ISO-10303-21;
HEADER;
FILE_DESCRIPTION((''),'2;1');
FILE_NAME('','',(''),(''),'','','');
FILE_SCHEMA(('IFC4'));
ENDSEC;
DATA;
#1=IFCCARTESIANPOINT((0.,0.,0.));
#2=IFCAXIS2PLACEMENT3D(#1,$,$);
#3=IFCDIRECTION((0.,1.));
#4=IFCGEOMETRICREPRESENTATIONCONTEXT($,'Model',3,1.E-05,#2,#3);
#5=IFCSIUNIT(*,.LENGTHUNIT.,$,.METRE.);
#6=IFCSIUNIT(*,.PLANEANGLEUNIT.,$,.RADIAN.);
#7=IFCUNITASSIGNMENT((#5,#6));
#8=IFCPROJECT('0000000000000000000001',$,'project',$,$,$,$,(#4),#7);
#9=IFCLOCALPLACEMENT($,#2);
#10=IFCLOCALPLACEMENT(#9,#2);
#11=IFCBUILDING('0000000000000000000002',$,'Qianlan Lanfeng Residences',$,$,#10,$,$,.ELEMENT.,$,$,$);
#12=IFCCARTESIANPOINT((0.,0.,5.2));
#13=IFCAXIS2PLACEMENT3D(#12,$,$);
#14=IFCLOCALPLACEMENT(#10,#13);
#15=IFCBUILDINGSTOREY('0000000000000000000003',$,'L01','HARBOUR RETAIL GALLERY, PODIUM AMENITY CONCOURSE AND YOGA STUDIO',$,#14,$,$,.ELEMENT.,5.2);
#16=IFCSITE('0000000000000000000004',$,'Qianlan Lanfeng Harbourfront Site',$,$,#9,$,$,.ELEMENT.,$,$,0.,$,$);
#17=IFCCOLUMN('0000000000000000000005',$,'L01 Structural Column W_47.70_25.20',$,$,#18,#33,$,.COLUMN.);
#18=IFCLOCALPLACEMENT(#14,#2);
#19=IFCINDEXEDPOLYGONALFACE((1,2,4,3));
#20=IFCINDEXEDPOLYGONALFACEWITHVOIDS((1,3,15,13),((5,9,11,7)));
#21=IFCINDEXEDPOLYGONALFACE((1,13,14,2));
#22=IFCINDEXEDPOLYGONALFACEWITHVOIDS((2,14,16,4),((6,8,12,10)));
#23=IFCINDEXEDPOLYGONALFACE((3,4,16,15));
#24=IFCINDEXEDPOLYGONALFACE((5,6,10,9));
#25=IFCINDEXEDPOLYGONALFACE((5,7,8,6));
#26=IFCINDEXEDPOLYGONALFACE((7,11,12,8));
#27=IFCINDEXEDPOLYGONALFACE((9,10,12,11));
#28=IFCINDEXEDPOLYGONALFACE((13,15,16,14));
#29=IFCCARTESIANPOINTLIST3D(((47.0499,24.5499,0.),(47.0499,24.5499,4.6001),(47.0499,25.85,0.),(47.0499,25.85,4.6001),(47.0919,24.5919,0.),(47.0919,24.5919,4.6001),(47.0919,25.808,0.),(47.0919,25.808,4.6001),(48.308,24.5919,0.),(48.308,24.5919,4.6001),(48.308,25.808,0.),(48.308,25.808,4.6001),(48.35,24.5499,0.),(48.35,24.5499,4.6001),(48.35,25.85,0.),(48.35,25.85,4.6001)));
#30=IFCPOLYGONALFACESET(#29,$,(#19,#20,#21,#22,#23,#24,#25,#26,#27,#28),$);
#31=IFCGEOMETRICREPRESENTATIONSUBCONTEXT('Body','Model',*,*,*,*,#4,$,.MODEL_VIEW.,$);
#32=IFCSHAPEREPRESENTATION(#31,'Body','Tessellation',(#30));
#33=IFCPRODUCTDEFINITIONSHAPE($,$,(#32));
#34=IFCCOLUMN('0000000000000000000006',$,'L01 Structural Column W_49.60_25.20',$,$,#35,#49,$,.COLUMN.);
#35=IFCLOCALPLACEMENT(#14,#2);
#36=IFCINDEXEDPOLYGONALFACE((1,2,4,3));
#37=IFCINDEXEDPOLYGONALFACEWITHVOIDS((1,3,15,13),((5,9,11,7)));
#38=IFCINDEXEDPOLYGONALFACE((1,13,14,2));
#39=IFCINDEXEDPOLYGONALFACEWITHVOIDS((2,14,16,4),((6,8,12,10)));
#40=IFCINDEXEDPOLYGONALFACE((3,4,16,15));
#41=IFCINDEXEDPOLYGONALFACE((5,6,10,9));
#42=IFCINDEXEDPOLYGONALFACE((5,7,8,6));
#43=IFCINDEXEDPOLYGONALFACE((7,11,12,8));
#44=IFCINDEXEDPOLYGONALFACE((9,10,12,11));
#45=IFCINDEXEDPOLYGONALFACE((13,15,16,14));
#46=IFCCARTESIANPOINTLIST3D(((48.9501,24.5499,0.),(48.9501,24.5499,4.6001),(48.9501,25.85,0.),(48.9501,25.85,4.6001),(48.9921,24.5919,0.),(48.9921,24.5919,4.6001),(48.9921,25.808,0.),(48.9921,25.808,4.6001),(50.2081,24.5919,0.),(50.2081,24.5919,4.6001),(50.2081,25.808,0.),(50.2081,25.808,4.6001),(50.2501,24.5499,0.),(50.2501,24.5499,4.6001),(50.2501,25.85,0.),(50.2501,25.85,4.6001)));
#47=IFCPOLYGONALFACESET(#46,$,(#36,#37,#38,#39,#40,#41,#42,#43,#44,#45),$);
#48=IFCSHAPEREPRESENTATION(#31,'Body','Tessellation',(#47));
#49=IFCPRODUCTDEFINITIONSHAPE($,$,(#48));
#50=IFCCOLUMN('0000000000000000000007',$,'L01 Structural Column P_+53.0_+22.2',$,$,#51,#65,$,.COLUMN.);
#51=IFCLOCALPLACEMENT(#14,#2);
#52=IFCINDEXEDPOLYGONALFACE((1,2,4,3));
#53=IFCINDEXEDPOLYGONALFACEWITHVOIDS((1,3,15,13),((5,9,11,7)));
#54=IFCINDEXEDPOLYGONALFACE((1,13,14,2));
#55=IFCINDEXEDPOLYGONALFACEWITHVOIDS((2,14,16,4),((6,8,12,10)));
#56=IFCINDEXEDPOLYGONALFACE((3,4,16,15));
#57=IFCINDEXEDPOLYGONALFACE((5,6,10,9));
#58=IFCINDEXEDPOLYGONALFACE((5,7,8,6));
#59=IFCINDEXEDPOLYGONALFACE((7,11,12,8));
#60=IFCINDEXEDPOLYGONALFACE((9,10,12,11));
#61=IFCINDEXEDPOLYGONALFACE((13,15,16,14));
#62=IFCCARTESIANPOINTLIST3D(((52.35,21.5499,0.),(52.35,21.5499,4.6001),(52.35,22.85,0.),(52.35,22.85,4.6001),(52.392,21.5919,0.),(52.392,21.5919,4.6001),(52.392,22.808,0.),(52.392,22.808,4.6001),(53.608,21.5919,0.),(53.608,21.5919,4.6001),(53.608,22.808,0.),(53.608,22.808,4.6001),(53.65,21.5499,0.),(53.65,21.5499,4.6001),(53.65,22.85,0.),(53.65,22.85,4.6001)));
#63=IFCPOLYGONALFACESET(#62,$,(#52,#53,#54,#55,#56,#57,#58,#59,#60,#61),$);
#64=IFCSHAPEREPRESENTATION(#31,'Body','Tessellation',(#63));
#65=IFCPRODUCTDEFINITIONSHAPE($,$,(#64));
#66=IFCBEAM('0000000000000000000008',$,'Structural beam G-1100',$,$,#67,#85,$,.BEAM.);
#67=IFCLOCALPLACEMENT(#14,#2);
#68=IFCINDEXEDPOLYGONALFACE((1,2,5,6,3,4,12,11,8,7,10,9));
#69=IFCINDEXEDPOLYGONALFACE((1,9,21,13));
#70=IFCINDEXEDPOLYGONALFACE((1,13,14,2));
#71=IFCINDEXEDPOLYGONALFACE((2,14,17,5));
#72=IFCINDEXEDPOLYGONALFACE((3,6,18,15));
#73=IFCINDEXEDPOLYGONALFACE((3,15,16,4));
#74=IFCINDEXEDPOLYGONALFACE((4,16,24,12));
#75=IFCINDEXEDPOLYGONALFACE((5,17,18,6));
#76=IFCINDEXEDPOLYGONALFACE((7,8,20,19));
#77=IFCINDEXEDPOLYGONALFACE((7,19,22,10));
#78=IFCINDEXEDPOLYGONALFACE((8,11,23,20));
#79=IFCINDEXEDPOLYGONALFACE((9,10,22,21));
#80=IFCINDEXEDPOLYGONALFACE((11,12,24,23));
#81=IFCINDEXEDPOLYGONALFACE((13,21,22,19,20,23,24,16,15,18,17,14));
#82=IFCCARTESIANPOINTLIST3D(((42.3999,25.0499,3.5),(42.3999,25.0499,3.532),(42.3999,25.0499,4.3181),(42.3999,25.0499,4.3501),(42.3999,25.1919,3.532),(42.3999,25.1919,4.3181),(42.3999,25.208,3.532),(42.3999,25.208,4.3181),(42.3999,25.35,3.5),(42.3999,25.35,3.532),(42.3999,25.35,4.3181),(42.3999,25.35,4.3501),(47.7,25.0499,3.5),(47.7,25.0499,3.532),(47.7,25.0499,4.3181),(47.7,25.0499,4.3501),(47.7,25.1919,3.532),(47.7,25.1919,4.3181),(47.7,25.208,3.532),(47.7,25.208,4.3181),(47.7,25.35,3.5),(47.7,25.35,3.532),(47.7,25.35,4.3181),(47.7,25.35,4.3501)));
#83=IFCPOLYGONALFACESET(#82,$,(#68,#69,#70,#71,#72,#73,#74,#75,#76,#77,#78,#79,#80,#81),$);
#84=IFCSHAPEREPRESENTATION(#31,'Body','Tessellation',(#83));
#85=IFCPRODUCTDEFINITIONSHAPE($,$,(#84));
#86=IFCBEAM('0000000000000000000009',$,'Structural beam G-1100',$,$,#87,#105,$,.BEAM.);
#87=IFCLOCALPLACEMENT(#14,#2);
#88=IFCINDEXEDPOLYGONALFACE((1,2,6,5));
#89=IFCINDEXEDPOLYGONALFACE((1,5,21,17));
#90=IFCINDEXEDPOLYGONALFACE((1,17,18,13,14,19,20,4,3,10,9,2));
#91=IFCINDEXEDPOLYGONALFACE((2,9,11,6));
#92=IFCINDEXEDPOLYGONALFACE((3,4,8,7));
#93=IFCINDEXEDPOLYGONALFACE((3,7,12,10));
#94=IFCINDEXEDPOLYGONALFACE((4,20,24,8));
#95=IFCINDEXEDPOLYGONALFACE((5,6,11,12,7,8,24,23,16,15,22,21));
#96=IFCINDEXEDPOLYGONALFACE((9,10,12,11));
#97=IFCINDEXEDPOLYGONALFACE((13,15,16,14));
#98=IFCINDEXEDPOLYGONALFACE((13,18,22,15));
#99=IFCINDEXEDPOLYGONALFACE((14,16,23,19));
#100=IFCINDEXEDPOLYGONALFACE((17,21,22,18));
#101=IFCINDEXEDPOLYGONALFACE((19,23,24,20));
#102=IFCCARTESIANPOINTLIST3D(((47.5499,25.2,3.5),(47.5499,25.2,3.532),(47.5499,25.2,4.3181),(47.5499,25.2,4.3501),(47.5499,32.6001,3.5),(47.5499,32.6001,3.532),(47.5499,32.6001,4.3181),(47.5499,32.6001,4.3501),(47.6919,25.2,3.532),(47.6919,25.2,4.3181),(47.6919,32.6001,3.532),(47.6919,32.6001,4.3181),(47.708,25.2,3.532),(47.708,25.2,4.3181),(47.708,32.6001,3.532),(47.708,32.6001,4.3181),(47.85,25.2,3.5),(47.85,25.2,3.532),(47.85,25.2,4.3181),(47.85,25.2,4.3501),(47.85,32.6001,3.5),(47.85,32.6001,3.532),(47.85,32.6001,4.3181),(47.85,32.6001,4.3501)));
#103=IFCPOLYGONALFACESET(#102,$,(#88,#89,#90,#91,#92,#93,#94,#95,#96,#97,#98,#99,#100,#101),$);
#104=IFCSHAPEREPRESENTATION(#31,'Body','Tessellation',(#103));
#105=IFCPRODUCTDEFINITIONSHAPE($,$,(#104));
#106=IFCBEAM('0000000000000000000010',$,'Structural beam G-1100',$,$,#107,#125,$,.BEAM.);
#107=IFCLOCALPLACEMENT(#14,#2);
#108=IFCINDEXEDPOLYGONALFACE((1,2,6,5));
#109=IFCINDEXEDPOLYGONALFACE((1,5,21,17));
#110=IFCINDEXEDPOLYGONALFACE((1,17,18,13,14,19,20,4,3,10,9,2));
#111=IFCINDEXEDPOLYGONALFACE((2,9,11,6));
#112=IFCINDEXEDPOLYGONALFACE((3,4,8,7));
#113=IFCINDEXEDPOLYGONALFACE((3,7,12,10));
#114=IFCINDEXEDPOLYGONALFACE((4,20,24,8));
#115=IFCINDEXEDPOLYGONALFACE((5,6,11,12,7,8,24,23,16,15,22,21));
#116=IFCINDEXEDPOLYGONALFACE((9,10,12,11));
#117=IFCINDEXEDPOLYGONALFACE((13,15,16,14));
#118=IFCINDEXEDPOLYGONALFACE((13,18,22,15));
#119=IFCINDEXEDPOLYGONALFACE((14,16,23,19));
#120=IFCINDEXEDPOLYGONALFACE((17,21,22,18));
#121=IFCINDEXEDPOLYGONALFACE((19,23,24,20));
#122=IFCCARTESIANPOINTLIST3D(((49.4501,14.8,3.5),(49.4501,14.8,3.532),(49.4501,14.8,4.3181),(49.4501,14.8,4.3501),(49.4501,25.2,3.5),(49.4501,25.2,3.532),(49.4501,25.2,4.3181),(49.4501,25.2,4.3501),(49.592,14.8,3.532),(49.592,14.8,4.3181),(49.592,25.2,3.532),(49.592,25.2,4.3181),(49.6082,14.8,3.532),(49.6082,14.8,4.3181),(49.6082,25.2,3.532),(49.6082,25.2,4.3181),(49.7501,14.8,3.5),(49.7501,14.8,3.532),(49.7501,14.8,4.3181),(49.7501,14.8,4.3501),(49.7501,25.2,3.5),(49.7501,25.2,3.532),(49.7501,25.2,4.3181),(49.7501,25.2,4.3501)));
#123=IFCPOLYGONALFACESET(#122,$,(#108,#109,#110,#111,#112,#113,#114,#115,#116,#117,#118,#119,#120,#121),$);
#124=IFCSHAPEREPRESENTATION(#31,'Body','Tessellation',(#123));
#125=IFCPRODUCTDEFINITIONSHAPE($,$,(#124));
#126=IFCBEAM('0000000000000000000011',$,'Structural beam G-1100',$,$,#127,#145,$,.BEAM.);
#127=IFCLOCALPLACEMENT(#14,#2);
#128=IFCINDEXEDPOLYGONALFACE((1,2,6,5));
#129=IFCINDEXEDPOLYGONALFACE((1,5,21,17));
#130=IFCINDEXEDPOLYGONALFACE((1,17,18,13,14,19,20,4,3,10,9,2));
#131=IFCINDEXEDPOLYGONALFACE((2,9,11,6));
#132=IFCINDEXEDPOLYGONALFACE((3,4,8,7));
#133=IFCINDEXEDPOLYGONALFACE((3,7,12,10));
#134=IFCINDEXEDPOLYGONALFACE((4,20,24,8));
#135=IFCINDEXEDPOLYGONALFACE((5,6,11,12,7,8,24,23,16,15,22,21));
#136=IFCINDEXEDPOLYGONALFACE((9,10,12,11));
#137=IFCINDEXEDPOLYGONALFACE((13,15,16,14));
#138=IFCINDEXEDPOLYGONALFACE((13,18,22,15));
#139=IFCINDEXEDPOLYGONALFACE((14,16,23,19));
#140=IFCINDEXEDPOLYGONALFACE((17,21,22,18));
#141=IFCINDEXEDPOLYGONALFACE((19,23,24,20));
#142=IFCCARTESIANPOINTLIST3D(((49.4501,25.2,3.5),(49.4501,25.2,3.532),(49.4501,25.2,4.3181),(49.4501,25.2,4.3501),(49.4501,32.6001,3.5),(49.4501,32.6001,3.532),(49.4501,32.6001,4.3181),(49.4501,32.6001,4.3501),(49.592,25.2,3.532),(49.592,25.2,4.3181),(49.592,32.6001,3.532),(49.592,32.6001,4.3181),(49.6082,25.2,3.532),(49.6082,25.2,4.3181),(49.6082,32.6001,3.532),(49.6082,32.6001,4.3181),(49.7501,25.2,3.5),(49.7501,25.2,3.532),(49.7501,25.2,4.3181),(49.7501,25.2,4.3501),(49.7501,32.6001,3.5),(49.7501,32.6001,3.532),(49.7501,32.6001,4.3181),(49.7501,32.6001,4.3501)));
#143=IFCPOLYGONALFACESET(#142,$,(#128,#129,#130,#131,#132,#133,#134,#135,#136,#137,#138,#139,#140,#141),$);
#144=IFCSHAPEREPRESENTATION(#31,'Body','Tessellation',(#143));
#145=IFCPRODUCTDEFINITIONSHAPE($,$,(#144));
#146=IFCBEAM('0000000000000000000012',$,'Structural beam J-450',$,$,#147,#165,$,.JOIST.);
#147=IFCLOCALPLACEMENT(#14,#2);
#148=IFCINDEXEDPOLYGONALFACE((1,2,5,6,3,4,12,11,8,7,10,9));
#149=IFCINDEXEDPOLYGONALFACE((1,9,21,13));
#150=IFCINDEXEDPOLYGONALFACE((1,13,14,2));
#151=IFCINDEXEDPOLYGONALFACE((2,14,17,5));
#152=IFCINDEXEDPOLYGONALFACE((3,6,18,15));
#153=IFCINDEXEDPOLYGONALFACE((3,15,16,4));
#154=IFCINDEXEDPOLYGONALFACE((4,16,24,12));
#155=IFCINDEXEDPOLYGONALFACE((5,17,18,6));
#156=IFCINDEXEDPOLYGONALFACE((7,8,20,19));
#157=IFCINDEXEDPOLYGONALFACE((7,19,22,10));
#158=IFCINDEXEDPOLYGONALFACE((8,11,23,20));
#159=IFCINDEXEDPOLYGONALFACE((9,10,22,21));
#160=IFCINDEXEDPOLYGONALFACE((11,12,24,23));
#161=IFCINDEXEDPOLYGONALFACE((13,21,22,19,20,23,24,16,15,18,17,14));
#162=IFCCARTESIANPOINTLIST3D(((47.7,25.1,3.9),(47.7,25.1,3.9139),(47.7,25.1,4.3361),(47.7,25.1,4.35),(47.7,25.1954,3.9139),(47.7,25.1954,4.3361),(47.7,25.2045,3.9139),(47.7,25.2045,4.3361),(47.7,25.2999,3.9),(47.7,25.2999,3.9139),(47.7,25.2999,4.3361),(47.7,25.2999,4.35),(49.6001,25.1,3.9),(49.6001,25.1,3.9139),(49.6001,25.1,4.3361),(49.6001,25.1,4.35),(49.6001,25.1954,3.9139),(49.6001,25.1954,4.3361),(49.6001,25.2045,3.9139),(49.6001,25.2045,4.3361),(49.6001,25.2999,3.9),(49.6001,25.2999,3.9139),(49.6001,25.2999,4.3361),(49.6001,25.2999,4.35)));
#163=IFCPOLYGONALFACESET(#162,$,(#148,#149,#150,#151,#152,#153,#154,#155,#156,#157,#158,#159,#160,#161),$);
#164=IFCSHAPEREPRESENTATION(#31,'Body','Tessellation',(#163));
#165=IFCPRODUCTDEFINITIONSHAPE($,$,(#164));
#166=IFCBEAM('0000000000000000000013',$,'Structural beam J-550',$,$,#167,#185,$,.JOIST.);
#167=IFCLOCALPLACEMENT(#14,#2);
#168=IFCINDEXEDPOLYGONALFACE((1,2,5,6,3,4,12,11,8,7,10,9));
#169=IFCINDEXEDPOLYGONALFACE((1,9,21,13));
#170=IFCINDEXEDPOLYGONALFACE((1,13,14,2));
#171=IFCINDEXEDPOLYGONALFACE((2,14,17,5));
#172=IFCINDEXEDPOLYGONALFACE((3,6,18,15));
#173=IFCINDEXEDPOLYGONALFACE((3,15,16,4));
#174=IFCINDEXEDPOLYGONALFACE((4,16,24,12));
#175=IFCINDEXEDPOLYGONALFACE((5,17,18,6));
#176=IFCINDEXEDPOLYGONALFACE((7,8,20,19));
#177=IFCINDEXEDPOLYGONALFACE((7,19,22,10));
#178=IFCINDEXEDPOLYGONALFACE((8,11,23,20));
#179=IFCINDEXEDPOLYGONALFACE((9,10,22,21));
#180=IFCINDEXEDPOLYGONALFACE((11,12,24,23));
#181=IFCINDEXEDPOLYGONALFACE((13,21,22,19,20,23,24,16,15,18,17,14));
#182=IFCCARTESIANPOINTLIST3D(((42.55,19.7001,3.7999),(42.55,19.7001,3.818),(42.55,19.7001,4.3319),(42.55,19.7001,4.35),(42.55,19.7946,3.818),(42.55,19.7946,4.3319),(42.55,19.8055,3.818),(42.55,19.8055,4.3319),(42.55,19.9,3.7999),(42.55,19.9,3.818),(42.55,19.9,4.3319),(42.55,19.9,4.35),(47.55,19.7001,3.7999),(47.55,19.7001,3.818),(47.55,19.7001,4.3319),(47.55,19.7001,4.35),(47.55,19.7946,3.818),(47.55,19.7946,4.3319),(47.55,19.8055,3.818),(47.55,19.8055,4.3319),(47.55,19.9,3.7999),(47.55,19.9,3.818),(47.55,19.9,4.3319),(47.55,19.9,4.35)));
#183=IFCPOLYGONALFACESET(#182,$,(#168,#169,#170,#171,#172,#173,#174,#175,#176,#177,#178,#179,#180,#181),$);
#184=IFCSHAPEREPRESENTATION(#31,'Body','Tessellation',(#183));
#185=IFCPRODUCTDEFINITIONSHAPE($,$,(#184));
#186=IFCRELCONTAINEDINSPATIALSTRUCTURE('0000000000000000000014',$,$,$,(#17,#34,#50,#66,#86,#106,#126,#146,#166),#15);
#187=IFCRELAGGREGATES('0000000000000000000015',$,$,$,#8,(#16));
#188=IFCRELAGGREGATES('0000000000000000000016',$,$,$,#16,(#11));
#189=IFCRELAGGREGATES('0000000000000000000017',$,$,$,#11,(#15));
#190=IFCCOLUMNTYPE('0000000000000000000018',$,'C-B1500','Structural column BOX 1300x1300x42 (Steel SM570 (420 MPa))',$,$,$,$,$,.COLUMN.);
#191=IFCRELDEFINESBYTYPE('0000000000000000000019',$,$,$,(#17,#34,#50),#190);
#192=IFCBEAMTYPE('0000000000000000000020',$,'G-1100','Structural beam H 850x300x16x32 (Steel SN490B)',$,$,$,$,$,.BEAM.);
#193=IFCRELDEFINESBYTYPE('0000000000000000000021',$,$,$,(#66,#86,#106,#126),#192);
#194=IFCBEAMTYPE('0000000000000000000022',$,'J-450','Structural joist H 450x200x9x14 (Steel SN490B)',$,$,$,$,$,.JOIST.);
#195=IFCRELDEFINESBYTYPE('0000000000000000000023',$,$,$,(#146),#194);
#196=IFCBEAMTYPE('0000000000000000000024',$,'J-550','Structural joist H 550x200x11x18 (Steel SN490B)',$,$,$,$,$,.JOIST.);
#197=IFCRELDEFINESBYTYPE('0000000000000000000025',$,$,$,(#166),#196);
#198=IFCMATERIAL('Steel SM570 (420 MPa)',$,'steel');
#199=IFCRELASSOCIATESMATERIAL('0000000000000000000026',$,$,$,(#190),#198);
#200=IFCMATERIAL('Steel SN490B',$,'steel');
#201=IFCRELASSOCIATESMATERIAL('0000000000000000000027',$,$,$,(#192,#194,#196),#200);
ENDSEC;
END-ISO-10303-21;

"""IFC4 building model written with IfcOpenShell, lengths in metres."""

from ifc_helpers import new_model, si_unit, direction, frame, origin, origin_2d, place, context, subcontext, project, spatial, hollow_rectangle, i_section, extrude, material, material_profile, profile_set, type_object, element, save


model = new_model("IFC4")

# Units and contexts
model_context = context("Model", 3, precision=1e-05, world=origin(), true_north=direction((0.0, 1.0)))
body_context = subcontext(model_context, "Body", "Model", "MODEL_VIEW")
ifc_project = project(units=[si_unit("LENGTHUNIT", "METRE"), si_unit("PLANEANGLEUNIT", "RADIAN")], contexts=[model_context])

# Site, building, storey
site_placement = place(None, origin())
site = spatial("IfcSite", under=ifc_project, at=site_placement, Name="Qianlan Lanfeng Harbourfront Site", CompositionType="ELEMENT", RefElevation=0.0)
building_placement = place(site_placement, origin())
building = spatial("IfcBuilding", under=site, at=building_placement, Name="Qianlan Lanfeng Residences", CompositionType="ELEMENT")
storey_placement = place(building_placement, frame((0.0, 0.0, 5.2)))
storey = spatial("IfcBuildingStorey", under=building, at=storey_placement, Name="L01", Description="HARBOUR RETAIL GALLERY, PODIUM AMENITY CONCOURSE AND YOGA STUDIO", CompositionType="ELEMENT", Elevation=5.2)

# Columns
ifc_material_1 = material(Name="Steel SM570 (420 MPa)", Category="steel")
ifc_material_profile_1 = material_profile(ifc_material_1, hollow_rectangle(XDim=1.3, YDim=1.3, WallThickness=0.042, at=origin_2d()), Name="BOX 1300x1300x42")
ifc_profile_set_1 = profile_set([ifc_material_profile_1], Name="Steel SM570 (420 MPa)")
column_type = type_object("IfcColumnType", Name="C-B1500", Description="Structural column BOX 1300x1300x42 (Steel SM570 (420 MPa))", PredefinedType="COLUMN", material=ifc_profile_set_1)
for number, where, z_axis, x_axis, name in (
    (1, (47.7, 25.2, 0.0), (0.0, 0.0, 1.0), (1.0, 0.0, 0.0), "L01 Structural Column W_47.70_25.20"),
    (2, (49.6001, 25.2, 0.0), (0.0, 0.0, 1.0), (1.0, 0.0, 0.0), "L01 Structural Column W_49.60_25.20"),
    (3, (53.0, 22.2, 0.0), (0.0, 0.0, 1.0), (1.0, 0.0, 0.0), "L01 Structural Column P_+53.0_+22.2"),
):
    element("IfcColumn", number, at=place(storey_placement, frame(where, z_axis=z_axis, x_axis=x_axis)), inside=storey, type_object=column_type, Name=name, PredefinedType="COLUMN", context=body_context, shape_type="SweptSolid", body=[
        extrude(hollow_rectangle(XDim=1.3, YDim=1.3, WallThickness=0.042, at=origin_2d()), origin(), (0.0, 0.0, 1.0), 4.6001),
    ])

# Beams
ifc_material_2 = material(Name="Steel SN490B", Category="steel")
ifc_material_profile_2 = material_profile(ifc_material_2, i_section(OverallWidth=0.3, OverallDepth=0.8501, WebThickness=0.0161, FlangeThickness=0.032, at=origin_2d()), Name="H 850x300x16x32")
ifc_profile_set_2 = profile_set([ifc_material_profile_2], Name="Steel SN490B")
beam_type_1 = type_object("IfcBeamType", Name="G-1100", Description="Structural beam H 850x300x16x32 (Steel SN490B)", PredefinedType="BEAM", material=ifc_profile_set_2)
beam_1_placement = place(storey_placement, frame((42.3999, 25.2, 3.925), z_axis=(1.0, 0.0, 0.0), x_axis=(0.0, 1.0, 0.0)))
element("IfcBeam", 4, at=beam_1_placement, inside=storey, type_object=beam_type_1, Name="Structural beam G-1100", PredefinedType="BEAM", context=body_context, shape_type="SweptSolid", body=[
    extrude(i_section(OverallWidth=0.3, OverallDepth=0.8501, WebThickness=0.0161, FlangeThickness=0.032, at=origin_2d()), origin(), (0.0, 0.0, 1.0), 5.3),
])
beam_2_placement = place(storey_placement, frame((47.7, 25.2, 3.925), z_axis=(0.0, 1.0, 0.0), x_axis=(-1.0, 0.0, 0.0)))
element("IfcBeam", 5, at=beam_2_placement, inside=storey, type_object=beam_type_1, Name="Structural beam G-1100", PredefinedType="BEAM", context=body_context, shape_type="SweptSolid", body=[
    extrude(i_section(OverallWidth=0.3, OverallDepth=0.8501, WebThickness=0.0161, FlangeThickness=0.032, at=origin_2d()), origin(), (0.0, 0.0, 1.0), 7.4001),
])
beam_3_placement = place(storey_placement, frame((49.6001, 14.8, 3.925), z_axis=(0.0, 1.0, 0.0), x_axis=(-1.0, 0.0, 0.0)))
element("IfcBeam", 6, at=beam_3_placement, inside=storey, type_object=beam_type_1, Name="Structural beam G-1100", PredefinedType="BEAM", context=body_context, shape_type="SweptSolid", body=[
    extrude(i_section(OverallWidth=0.3, OverallDepth=0.8501, WebThickness=0.0161, FlangeThickness=0.032, at=origin_2d()), origin(), (0.0, 0.0, 1.0), 10.3999),
])
beam_4_placement = place(storey_placement, frame((49.6001, 25.2, 3.925), z_axis=(0.0, 1.0, 0.0), x_axis=(-1.0, 0.0, 0.0)))
element("IfcBeam", 7, at=beam_4_placement, inside=storey, type_object=beam_type_1, Name="Structural beam G-1100", PredefinedType="BEAM", context=body_context, shape_type="SweptSolid", body=[
    extrude(i_section(OverallWidth=0.3, OverallDepth=0.8501, WebThickness=0.0161, FlangeThickness=0.032, at=origin_2d()), origin(), (0.0, 0.0, 1.0), 7.4001),
])
ifc_material_profile_3 = material_profile(ifc_material_2, i_section(OverallWidth=0.2, OverallDepth=0.45, WebThickness=0.009, FlangeThickness=0.0139, at=origin_2d()), Name="H 450x200x9x14")
ifc_profile_set_3 = profile_set([ifc_material_profile_3], Name="Steel SN490B")
beam_type_2 = type_object("IfcBeamType", Name="J-450", Description="Structural joist H 450x200x9x14 (Steel SN490B)", PredefinedType="JOIST", material=ifc_profile_set_3)
beam_5_placement = place(storey_placement, frame((47.7, 25.2, 4.125), z_axis=(1.0, 0.0, 0.0), x_axis=(0.0, 1.0, 0.0)))
element("IfcBeam", 8, at=beam_5_placement, inside=storey, type_object=beam_type_2, Name="Structural beam J-450", PredefinedType="JOIST", context=body_context, shape_type="SweptSolid", body=[
    extrude(i_section(OverallWidth=0.2, OverallDepth=0.45, WebThickness=0.009, FlangeThickness=0.0139, at=origin_2d()), origin(), (0.0, 0.0, 1.0), 1.9001),
])
ifc_material_profile_4 = material_profile(ifc_material_2, i_section(OverallWidth=0.2, OverallDepth=0.55, WebThickness=0.011, FlangeThickness=0.0181, at=origin_2d()), Name="H 550x200x11x18")
ifc_profile_set_4 = profile_set([ifc_material_profile_4], Name="Steel SN490B")
beam_type_3 = type_object("IfcBeamType", Name="J-550", Description="Structural joist H 550x200x11x18 (Steel SN490B)", PredefinedType="JOIST", material=ifc_profile_set_4)
beam_6_placement = place(storey_placement, frame((42.55, 19.8, 4.075), z_axis=(1.0, 0.0, 0.0), x_axis=(0.0, 1.0, 0.0)))
element("IfcBeam", 9, at=beam_6_placement, inside=storey, type_object=beam_type_3, Name="Structural beam J-550", PredefinedType="JOIST", context=body_context, shape_type="SweptSolid", body=[
    extrude(i_section(OverallWidth=0.2, OverallDepth=0.55, WebThickness=0.011, FlangeThickness=0.0181, at=origin_2d()), origin(), (0.0, 0.0, 1.0), 5.0),
])

save(model, "model.ifc")
